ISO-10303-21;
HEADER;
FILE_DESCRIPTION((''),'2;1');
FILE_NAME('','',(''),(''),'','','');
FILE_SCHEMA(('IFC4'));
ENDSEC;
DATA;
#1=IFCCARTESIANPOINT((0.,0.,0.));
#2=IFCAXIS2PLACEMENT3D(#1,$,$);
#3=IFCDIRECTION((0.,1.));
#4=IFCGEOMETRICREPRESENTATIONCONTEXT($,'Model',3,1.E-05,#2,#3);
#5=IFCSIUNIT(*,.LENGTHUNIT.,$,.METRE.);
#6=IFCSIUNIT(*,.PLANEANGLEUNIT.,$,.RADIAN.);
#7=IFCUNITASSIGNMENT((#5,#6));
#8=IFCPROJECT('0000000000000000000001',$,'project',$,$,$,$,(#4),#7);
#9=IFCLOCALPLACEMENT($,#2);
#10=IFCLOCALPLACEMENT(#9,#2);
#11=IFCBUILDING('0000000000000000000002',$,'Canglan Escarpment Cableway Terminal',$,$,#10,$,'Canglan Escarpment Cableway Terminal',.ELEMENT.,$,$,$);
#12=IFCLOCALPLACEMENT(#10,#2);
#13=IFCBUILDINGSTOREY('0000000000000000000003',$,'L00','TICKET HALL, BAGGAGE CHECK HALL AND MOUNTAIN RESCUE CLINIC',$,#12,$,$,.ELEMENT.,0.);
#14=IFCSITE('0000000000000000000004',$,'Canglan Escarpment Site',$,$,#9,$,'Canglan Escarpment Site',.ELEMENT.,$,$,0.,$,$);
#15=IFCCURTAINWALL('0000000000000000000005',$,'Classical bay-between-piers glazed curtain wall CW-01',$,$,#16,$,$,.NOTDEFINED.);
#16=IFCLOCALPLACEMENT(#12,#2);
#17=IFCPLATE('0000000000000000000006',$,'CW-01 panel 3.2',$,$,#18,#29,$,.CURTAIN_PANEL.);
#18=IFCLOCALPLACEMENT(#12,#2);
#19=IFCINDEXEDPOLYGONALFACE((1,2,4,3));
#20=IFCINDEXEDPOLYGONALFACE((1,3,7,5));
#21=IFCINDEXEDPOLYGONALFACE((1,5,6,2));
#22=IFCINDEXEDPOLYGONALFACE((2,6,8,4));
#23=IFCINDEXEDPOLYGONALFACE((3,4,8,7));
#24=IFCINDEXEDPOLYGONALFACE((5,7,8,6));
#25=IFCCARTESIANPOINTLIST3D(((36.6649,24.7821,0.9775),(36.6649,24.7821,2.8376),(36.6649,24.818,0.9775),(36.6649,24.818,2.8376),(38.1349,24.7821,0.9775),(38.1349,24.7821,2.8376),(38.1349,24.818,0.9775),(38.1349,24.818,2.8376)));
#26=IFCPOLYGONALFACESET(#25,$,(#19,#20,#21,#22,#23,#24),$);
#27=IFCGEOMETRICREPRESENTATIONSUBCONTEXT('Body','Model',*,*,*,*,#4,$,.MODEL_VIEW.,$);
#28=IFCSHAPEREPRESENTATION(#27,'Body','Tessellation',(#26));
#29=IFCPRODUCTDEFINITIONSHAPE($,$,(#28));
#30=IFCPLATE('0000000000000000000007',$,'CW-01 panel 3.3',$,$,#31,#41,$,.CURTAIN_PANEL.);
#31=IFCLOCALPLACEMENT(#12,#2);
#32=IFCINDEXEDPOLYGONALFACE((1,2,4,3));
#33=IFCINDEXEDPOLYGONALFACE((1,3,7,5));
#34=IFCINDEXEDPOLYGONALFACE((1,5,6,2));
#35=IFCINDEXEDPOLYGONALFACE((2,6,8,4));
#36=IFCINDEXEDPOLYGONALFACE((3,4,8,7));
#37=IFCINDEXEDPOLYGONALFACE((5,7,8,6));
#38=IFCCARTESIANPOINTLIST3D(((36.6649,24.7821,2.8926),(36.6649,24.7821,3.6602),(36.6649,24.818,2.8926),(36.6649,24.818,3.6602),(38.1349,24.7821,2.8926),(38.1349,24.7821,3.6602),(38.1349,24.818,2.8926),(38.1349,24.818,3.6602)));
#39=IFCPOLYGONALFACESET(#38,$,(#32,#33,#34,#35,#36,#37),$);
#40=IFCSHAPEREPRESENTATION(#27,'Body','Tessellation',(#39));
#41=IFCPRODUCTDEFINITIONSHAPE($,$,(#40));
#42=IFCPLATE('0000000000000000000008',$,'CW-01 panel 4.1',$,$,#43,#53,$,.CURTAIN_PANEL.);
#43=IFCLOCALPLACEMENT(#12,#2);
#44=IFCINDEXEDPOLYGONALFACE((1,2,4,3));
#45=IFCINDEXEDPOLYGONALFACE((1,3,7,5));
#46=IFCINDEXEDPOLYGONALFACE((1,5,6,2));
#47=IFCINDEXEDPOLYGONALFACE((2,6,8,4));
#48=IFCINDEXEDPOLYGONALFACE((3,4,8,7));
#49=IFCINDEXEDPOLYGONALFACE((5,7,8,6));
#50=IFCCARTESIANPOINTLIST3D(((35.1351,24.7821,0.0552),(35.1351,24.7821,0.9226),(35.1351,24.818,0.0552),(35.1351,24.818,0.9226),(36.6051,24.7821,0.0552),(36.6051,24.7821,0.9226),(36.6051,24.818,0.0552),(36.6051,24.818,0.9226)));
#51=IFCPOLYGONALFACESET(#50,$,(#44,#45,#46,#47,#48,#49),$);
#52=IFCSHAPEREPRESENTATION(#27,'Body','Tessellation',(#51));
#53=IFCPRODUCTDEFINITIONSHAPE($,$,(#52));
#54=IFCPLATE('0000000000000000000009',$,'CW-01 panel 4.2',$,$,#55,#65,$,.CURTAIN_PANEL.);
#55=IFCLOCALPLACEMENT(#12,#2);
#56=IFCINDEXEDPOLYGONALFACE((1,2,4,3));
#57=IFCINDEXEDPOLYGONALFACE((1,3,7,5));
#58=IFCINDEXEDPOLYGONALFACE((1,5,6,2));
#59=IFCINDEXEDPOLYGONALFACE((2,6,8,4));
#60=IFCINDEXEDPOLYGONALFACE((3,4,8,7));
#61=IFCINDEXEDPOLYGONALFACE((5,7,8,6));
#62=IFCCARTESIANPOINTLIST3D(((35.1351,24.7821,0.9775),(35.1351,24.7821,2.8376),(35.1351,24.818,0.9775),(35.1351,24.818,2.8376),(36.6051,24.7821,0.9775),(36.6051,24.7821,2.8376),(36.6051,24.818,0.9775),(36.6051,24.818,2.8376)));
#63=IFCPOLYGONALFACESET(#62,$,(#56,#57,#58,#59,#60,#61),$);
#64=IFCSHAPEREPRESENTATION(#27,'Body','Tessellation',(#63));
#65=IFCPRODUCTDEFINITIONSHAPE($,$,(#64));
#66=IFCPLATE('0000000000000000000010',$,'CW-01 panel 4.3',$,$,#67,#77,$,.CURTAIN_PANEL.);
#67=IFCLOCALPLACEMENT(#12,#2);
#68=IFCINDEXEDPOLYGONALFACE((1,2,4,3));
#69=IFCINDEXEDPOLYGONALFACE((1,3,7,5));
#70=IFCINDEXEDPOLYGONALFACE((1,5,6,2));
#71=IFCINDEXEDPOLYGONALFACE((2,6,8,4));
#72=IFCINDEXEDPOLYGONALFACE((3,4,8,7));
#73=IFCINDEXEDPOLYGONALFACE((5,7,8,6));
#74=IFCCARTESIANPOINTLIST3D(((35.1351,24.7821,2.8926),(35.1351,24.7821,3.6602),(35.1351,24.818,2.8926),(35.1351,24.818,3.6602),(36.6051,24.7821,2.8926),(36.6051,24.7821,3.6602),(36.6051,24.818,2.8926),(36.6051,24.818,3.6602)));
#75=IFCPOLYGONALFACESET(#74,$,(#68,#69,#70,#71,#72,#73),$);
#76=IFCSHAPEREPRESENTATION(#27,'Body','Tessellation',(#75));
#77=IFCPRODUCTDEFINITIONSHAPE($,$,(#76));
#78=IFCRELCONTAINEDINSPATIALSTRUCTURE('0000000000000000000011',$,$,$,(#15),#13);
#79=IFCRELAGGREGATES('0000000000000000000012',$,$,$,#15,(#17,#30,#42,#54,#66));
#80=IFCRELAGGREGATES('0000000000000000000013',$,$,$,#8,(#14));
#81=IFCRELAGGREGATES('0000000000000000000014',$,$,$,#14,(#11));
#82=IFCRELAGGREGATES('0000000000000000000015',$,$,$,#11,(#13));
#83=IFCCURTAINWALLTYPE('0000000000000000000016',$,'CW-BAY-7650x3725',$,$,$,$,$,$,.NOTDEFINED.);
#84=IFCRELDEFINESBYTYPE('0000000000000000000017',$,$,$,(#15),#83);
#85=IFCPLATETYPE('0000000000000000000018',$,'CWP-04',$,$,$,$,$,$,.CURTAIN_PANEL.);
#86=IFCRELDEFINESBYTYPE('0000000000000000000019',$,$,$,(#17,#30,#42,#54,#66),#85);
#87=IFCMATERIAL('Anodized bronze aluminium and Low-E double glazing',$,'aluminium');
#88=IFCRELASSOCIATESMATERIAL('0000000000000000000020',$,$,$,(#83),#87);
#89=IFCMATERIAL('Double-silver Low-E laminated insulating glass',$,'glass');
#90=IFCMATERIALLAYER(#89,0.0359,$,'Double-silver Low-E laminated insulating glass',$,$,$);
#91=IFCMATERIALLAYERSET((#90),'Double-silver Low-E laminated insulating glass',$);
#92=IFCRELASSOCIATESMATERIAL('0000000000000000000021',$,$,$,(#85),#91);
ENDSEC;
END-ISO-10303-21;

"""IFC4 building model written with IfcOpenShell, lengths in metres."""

from ifc_helpers import new_model, si_unit, direction, frame, origin, origin_2d, place, context, subcontext, project, spatial, rectangle, extrude, material, layer, layer_set, type_object, element, aggregate, save


model = new_model("IFC4")

# Units and contexts
model_context = context("Model", 3, precision=1e-05, world=origin(), true_north=direction((0.0, 1.0)))
body_context = subcontext(model_context, "Body", "Model", "MODEL_VIEW")
ifc_project = project(units=[si_unit("LENGTHUNIT", "METRE"), si_unit("PLANEANGLEUNIT", "RADIAN")], contexts=[model_context])

# Site, building, storey
site_placement = place(None, origin())
site = spatial("IfcSite", under=ifc_project, at=site_placement, Name="Canglan Escarpment Site", LongName="Canglan Escarpment Site", CompositionType="ELEMENT", RefElevation=0.0)
building_placement = place(site_placement, origin())
building = spatial("IfcBuilding", under=site, at=building_placement, Name="Canglan Escarpment Cableway Terminal", LongName="Canglan Escarpment Cableway Terminal", CompositionType="ELEMENT")
storey_placement = place(building_placement, origin())
storey = spatial("IfcBuildingStorey", under=building, at=storey_placement, Name="L00", Description="TICKET HALL, BAGGAGE CHECK HALL AND MOUNTAIN RESCUE CLINIC", CompositionType="ELEMENT", Elevation=0.0)

# Curtain wall, plates
ifc_material_1 = material(Name="Anodized bronze aluminium and Low-E double glazing", Category="aluminium")
curtain_wall_type = type_object("IfcCurtainWallType", Name="CW-BAY-7650x3725", PredefinedType="NOTDEFINED", material=ifc_material_1)
curtain_wall_placement = place(storey_placement, origin())
curtain_wall = element("IfcCurtainWall", 1, at=curtain_wall_placement, inside=storey, type_object=curtain_wall_type, Name="Classical bay-between-piers glazed curtain wall CW-01", PredefinedType="NOTDEFINED")
ifc_material_2 = material(Name="Double-silver Low-E laminated insulating glass", Category="glass")
ifc_layer = layer(ifc_material_2, 0.0359, Name="Double-silver Low-E laminated insulating glass")
ifc_layer_set = layer_set([ifc_layer], Name="Double-silver Low-E laminated insulating glass")
plate_type = type_object("IfcPlateType", Name="CWP-04", PredefinedType="CURTAIN_PANEL", material=ifc_layer_set)
plate_1_placement = place(storey_placement, frame((37.3999, 24.8, 0.9775), z_axis=(0.0, 0.0, 1.0), x_axis=(-1.0, 0.0, 0.0)))
plate_1 = element("IfcPlate", 2, at=plate_1_placement, type_object=plate_type, Name="CW-01 panel 3.2", PredefinedType="CURTAIN_PANEL", context=body_context, shape_type="SweptSolid", body=[
    extrude(rectangle(XDim=1.47, YDim=0.0359, at=origin_2d()), origin(), (0.0, 0.0, 1.0), 1.8601),
])
plate_2_placement = place(storey_placement, frame((37.3999, 24.8, 2.8926), z_axis=(0.0, 0.0, 1.0), x_axis=(-1.0, 0.0, 0.0)))
plate_2 = element("IfcPlate", 3, at=plate_2_placement, type_object=plate_type, Name="CW-01 panel 3.3", PredefinedType="CURTAIN_PANEL", context=body_context, shape_type="SweptSolid", body=[
    extrude(rectangle(XDim=1.47, YDim=0.0359, at=origin_2d()), origin(), (0.0, 0.0, 1.0), 0.7676),
])
plate_3_placement = place(storey_placement, frame((35.8701, 24.8, 0.0552), z_axis=(0.0, 0.0, 1.0), x_axis=(-1.0, 0.0, 0.0)))
plate_3 = element("IfcPlate", 4, at=plate_3_placement, type_object=plate_type, Name="CW-01 panel 4.1", PredefinedType="CURTAIN_PANEL", context=body_context, shape_type="SweptSolid", body=[
    extrude(rectangle(XDim=1.47, YDim=0.0359, at=origin_2d()), origin(), (0.0, 0.0, 1.0), 0.8674),
])
plate_4_placement = place(storey_placement, frame((35.8701, 24.8, 0.9775), z_axis=(0.0, 0.0, 1.0), x_axis=(-1.0, 0.0, 0.0)))
plate_4 = element("IfcPlate", 5, at=plate_4_placement, type_object=plate_type, Name="CW-01 panel 4.2", PredefinedType="CURTAIN_PANEL", context=body_context, shape_type="SweptSolid", body=[
    extrude(rectangle(XDim=1.47, YDim=0.0359, at=origin_2d()), origin(), (0.0, 0.0, 1.0), 1.8601),
])
plate_5_placement = place(storey_placement, frame((35.8701, 24.8, 2.8926), z_axis=(0.0, 0.0, 1.0), x_axis=(-1.0, 0.0, 0.0)))
plate_5 = element("IfcPlate", 6, at=plate_5_placement, type_object=plate_type, Name="CW-01 panel 4.3", PredefinedType="CURTAIN_PANEL", context=body_context, shape_type="SweptSolid", body=[
    extrude(rectangle(XDim=1.47, YDim=0.0359, at=origin_2d()), origin(), (0.0, 0.0, 1.0), 0.7676),
])
aggregate(curtain_wall, [plate_1, plate_2, plate_3, plate_4, plate_5])

save(model, "model.ifc")
